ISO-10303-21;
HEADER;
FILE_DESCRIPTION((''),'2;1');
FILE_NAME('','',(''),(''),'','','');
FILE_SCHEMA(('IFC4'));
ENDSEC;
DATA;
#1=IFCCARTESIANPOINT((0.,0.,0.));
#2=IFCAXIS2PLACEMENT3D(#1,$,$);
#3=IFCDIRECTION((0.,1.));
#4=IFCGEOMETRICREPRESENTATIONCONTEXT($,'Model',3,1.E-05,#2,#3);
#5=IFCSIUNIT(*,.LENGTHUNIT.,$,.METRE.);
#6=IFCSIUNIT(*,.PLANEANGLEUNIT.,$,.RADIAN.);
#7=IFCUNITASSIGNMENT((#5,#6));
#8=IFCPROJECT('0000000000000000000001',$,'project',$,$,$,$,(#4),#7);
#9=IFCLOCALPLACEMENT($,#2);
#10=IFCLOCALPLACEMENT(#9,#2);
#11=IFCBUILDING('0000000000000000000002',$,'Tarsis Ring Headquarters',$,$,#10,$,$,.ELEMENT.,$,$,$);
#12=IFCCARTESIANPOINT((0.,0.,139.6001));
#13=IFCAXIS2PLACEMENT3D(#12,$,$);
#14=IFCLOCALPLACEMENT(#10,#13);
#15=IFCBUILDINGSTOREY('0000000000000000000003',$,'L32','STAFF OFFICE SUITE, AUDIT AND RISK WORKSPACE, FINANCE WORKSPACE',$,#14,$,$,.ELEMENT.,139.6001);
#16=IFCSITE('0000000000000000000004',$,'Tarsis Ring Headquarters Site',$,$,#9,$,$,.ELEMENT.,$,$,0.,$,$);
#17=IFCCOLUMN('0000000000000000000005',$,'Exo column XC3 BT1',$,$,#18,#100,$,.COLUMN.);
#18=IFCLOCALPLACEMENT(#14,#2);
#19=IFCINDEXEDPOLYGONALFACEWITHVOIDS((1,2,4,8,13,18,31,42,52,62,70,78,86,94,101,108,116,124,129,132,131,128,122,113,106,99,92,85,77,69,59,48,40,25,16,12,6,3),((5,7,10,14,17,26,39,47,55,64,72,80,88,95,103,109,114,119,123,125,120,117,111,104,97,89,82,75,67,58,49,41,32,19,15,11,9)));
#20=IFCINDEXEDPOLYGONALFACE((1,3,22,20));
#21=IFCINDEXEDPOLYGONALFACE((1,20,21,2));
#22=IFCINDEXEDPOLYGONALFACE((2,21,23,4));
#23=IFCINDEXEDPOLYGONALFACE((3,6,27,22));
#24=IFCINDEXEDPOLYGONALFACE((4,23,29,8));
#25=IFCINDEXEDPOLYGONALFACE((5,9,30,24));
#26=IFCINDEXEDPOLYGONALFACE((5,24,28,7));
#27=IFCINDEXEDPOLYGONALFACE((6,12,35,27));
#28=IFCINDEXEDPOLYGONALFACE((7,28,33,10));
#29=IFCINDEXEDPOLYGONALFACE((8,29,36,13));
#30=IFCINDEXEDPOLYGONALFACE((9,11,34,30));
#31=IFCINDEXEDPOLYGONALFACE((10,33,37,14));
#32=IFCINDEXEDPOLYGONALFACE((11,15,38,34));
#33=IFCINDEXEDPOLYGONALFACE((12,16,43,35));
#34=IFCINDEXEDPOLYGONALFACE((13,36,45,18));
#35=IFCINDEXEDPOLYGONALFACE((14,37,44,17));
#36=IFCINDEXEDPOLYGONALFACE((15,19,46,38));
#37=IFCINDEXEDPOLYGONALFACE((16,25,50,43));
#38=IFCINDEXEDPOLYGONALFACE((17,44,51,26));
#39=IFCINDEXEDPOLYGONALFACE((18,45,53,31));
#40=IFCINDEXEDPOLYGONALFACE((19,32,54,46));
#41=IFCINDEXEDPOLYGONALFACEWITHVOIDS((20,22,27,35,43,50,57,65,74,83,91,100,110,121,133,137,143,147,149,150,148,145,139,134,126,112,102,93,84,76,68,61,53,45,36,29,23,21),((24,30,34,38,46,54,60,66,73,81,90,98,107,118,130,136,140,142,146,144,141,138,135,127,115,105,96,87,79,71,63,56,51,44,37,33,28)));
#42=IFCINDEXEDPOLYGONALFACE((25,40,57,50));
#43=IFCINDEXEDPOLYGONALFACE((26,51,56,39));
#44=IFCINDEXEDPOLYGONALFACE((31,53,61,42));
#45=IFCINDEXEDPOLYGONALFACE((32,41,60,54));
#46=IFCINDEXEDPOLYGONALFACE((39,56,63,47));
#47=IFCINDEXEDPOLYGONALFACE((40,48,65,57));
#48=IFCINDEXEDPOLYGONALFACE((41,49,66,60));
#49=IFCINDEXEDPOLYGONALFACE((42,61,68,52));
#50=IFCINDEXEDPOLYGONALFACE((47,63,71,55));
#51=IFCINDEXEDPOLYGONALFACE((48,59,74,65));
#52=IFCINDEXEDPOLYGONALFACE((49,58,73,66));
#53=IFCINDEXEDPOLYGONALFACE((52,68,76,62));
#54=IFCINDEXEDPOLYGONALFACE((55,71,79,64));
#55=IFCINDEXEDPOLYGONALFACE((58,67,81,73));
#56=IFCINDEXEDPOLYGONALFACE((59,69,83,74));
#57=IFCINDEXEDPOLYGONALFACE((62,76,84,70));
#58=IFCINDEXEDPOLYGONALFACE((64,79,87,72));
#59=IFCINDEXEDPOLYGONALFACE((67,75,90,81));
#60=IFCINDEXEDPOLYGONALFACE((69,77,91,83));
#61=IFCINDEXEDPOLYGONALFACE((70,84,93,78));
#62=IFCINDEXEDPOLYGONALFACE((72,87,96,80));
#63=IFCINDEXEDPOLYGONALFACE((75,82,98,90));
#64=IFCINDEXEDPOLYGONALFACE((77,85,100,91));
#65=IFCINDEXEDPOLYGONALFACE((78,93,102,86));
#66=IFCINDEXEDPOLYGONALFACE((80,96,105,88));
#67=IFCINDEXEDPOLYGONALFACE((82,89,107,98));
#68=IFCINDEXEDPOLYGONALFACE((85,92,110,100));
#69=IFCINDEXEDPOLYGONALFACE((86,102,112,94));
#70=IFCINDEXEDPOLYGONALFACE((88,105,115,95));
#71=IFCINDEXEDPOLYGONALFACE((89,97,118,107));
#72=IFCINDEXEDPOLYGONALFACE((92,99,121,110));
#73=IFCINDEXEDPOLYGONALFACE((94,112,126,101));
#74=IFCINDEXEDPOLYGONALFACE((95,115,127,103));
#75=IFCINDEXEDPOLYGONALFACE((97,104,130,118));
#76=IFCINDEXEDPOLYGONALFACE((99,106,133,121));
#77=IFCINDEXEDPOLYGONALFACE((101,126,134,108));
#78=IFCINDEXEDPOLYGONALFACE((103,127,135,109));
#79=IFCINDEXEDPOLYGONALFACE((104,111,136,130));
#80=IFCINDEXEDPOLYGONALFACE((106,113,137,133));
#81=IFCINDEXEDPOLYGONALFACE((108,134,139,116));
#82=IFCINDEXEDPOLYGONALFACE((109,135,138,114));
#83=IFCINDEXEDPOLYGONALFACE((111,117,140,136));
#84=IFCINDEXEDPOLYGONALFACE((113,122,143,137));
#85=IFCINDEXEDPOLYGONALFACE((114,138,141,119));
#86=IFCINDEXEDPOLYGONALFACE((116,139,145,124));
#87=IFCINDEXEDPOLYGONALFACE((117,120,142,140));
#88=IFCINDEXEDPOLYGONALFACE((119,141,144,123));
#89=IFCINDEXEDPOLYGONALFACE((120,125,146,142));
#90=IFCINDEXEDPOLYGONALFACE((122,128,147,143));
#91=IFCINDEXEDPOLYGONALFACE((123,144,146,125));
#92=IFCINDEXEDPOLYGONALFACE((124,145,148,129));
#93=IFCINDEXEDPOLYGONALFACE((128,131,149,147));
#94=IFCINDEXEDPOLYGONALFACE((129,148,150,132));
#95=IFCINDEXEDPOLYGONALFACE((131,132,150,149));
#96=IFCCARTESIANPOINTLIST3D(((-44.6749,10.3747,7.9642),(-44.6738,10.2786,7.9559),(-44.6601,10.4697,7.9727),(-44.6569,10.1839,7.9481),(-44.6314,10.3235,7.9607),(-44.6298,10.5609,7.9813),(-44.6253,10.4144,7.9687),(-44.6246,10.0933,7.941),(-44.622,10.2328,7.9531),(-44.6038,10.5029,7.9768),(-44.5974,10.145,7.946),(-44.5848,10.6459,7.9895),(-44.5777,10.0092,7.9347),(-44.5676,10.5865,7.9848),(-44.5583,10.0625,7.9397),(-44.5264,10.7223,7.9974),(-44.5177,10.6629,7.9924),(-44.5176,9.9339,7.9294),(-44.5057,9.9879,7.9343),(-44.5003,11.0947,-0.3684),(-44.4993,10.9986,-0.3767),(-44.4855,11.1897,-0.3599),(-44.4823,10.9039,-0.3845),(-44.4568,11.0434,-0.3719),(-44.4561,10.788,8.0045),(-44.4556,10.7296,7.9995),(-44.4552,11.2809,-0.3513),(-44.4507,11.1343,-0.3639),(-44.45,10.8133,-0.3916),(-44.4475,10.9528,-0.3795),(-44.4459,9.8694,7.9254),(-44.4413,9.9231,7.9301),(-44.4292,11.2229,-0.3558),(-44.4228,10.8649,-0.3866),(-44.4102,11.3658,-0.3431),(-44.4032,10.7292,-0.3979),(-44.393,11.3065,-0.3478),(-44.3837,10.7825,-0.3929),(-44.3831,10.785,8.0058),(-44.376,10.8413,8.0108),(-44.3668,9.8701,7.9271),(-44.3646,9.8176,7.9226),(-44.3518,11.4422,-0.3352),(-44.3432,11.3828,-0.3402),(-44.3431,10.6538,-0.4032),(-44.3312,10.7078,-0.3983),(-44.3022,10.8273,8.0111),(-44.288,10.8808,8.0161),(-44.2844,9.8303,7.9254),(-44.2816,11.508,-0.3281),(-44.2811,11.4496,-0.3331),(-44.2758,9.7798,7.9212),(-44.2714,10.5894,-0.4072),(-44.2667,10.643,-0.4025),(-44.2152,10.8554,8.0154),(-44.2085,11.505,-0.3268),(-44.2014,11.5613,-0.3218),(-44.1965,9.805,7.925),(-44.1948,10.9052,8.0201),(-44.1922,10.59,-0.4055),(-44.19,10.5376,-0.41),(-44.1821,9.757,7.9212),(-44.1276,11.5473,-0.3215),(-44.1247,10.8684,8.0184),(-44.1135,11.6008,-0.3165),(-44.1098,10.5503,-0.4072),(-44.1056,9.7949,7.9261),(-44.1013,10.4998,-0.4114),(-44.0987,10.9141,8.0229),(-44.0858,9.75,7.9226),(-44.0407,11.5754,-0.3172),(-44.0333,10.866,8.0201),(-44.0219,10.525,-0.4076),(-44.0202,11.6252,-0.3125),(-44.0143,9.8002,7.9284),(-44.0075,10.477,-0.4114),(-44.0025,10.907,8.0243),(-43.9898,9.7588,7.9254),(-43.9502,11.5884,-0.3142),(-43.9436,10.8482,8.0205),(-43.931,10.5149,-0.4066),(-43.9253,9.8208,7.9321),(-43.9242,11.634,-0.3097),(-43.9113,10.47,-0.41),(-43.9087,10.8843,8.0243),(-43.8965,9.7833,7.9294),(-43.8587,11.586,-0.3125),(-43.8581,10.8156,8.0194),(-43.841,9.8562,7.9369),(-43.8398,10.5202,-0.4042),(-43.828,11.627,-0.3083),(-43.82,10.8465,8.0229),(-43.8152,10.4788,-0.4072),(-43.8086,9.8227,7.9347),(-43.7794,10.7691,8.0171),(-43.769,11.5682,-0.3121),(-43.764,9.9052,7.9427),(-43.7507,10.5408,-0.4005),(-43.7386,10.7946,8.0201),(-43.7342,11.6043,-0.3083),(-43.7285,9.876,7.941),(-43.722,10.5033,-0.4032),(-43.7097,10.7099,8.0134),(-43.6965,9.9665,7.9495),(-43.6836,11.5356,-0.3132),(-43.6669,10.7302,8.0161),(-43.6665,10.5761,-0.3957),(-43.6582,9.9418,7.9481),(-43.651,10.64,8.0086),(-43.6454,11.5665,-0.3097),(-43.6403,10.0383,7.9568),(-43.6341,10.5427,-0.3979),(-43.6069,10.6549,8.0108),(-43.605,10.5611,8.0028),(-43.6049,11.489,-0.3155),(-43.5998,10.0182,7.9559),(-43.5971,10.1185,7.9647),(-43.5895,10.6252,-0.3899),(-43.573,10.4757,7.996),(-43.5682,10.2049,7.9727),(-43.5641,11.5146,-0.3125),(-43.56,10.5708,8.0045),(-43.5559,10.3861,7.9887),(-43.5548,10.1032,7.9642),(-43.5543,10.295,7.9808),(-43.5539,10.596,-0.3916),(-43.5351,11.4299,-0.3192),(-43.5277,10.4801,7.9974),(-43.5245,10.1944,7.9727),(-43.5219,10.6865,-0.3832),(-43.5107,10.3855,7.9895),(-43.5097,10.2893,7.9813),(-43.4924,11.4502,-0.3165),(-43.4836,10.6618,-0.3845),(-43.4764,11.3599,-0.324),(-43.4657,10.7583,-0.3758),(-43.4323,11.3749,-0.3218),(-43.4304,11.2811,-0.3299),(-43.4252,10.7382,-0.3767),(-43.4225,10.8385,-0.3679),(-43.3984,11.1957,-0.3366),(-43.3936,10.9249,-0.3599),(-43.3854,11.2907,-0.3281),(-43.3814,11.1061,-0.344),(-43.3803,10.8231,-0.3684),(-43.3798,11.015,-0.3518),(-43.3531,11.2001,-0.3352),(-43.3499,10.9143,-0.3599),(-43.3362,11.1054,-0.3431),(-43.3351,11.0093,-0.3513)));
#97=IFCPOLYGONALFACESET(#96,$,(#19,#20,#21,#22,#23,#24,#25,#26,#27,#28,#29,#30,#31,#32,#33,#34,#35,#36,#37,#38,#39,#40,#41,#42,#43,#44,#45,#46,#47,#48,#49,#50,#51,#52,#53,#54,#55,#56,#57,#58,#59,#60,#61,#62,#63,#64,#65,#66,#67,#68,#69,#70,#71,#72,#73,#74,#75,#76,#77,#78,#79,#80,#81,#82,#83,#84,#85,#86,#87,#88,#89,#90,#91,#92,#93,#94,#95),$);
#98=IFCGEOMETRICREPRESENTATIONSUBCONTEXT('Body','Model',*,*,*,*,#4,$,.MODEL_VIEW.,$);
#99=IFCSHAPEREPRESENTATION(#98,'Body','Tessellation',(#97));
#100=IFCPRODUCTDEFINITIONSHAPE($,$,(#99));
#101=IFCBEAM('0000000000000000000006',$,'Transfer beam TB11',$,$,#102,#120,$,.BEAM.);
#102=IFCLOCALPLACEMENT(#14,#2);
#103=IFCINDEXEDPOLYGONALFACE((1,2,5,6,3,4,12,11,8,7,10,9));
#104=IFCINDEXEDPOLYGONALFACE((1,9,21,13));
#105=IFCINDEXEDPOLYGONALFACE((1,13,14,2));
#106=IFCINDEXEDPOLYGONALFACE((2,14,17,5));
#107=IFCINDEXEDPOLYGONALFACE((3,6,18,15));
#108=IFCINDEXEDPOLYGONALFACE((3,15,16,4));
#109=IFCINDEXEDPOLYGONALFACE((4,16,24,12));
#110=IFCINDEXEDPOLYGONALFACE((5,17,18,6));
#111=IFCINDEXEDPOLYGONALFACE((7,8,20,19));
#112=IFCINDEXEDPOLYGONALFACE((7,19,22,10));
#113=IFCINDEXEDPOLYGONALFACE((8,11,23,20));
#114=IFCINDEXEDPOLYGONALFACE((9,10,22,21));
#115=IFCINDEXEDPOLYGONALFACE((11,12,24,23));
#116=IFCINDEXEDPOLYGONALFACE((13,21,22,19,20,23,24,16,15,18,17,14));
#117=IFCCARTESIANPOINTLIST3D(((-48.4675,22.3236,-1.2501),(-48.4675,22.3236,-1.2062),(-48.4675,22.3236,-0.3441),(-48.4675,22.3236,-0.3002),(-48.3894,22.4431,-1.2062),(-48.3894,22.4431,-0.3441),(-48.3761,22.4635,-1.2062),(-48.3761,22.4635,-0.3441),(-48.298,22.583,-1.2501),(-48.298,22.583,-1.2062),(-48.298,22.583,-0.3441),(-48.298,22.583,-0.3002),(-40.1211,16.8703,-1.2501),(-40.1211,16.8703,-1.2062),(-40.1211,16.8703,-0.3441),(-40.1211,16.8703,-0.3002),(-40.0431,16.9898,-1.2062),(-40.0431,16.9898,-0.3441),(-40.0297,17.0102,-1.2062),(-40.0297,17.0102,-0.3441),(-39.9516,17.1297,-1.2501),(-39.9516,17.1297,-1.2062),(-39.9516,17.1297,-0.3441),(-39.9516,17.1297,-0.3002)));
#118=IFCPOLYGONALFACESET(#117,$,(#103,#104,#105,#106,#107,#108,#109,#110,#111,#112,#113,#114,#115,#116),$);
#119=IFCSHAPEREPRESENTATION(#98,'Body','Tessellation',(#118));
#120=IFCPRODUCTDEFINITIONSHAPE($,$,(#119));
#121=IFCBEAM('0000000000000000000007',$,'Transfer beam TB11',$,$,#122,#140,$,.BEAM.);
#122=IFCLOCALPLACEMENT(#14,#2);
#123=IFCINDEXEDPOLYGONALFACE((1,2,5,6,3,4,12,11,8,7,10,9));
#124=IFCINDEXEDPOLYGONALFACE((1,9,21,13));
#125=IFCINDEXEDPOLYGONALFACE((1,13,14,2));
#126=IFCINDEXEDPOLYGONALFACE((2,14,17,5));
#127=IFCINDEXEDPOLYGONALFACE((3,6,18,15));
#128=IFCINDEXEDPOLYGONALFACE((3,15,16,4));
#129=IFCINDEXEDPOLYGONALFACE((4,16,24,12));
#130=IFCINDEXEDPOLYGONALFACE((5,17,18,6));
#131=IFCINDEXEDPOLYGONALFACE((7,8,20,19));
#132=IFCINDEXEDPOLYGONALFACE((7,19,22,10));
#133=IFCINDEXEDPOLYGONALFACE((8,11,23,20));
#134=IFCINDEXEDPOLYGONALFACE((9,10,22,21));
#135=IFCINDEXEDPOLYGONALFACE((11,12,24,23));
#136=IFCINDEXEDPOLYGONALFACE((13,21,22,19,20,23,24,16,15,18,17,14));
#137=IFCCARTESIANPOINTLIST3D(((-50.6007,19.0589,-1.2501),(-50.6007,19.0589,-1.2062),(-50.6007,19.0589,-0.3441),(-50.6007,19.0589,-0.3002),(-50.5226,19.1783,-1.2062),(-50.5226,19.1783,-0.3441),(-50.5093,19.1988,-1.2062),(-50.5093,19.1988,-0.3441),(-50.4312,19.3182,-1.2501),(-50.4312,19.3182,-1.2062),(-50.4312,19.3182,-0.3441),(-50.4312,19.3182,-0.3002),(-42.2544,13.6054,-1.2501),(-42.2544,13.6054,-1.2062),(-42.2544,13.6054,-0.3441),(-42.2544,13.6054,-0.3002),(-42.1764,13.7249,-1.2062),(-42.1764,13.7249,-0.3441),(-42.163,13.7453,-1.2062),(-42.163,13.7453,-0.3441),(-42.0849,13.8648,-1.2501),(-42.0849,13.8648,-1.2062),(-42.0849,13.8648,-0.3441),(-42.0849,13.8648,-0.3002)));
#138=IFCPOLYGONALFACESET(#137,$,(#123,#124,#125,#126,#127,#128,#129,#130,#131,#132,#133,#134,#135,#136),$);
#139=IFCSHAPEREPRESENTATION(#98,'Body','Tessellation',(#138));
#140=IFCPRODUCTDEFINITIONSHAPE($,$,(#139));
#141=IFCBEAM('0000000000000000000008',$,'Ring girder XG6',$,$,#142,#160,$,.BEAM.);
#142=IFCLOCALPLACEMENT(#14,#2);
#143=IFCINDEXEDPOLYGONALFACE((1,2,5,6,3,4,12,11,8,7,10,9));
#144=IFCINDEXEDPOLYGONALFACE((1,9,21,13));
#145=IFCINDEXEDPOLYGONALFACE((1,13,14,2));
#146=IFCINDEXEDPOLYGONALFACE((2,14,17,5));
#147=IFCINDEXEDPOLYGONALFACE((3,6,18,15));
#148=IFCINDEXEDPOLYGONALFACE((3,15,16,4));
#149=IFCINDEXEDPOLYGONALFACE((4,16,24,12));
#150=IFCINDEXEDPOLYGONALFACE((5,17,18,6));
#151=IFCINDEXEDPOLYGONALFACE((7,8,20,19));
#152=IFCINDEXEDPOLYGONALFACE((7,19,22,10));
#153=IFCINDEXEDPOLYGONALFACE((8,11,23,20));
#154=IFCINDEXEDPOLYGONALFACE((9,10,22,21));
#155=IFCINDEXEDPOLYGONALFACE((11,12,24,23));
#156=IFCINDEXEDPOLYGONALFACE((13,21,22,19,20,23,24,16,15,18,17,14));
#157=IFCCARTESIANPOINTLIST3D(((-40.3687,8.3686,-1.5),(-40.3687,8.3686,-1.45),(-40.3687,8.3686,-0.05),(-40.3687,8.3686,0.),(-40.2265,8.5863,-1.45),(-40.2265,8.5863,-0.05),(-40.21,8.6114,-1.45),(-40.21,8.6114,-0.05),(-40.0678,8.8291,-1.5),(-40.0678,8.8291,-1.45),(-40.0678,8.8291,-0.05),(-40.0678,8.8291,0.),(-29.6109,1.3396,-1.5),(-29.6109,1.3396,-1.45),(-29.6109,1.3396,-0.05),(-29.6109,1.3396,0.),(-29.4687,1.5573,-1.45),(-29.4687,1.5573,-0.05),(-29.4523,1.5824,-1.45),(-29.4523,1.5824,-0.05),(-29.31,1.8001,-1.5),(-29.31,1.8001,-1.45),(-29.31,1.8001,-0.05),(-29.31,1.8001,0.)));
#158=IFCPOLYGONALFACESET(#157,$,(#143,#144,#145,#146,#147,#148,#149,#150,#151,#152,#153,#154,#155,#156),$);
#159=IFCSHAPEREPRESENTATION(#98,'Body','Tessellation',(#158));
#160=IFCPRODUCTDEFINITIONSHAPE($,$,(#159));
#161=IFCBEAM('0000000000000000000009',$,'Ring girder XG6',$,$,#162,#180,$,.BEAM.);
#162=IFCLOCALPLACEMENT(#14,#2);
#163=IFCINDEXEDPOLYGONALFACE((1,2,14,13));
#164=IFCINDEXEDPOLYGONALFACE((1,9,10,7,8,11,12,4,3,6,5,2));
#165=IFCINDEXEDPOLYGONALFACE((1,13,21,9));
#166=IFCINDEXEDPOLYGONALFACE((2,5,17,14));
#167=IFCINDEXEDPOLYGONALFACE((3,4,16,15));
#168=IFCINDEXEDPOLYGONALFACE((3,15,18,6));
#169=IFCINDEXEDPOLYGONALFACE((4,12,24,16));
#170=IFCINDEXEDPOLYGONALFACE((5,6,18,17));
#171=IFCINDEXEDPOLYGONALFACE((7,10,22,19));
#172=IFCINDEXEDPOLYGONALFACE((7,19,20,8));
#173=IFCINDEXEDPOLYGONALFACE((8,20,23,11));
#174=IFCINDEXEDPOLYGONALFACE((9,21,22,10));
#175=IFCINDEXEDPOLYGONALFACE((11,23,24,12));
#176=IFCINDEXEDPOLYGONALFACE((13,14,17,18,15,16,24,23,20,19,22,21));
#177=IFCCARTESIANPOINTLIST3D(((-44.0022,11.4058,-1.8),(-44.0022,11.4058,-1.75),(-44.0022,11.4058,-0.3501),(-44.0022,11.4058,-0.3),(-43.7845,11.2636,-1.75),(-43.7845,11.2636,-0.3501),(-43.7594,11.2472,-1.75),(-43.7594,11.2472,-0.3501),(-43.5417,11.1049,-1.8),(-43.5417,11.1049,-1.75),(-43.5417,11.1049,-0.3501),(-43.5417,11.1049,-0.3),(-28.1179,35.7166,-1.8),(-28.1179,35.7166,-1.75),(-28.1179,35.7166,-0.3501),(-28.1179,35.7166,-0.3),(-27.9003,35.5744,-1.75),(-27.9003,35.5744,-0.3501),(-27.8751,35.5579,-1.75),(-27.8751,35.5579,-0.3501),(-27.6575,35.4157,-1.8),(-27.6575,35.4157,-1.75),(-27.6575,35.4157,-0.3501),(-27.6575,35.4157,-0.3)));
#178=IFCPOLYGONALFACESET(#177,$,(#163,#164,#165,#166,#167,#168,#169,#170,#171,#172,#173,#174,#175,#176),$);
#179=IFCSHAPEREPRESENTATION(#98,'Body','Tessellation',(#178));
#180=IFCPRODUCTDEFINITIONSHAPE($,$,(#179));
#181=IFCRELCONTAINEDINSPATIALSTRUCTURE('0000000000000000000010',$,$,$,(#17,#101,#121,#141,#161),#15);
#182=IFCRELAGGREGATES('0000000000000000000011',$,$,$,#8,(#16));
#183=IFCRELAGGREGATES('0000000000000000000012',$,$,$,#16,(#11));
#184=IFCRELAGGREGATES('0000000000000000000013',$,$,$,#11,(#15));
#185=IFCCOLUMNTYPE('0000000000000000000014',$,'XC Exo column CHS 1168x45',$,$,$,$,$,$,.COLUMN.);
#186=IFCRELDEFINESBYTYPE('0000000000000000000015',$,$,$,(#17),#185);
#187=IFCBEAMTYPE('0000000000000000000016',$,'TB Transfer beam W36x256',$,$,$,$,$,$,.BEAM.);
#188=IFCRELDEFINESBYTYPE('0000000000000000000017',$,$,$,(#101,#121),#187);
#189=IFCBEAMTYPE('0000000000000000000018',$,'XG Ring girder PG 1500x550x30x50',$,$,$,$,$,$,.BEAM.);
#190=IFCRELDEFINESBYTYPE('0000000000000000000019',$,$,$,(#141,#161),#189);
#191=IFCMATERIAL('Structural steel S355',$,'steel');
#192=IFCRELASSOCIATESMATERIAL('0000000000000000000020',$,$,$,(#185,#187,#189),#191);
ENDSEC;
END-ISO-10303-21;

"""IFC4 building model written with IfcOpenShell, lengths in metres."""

from ifc_helpers import new_model, si_unit, direction, frame, origin, origin_2d, place, context, subcontext, project, spatial, hollow_circle, i_section, extrude, material, material_profile, profile_set, type_object, element, save


model = new_model("IFC4")

# Units and contexts
model_context = context("Model", 3, precision=1e-05, world=origin(), true_north=direction((0.0, 1.0)))
body_context = subcontext(model_context, "Body", "Model", "MODEL_VIEW")
ifc_project = project(units=[si_unit("LENGTHUNIT", "METRE"), si_unit("PLANEANGLEUNIT", "RADIAN")], contexts=[model_context])

# Site, building, storey
site_placement = place(None, origin())
site = spatial("IfcSite", under=ifc_project, at=site_placement, Name="Tarsis Ring Headquarters Site", CompositionType="ELEMENT", RefElevation=0.0)
building_placement = place(site_placement, origin())
building = spatial("IfcBuilding", under=site, at=building_placement, Name="Tarsis Ring Headquarters", CompositionType="ELEMENT")
storey_placement = place(building_placement, frame((0.0, 0.0, 139.6001)))
storey = spatial("IfcBuildingStorey", under=building, at=storey_placement, Name="L32", Description="STAFF OFFICE SUITE, AUDIT AND RISK WORKSPACE, FINANCE WORKSPACE", CompositionType="ELEMENT", Elevation=139.6001)

# Column
ifc_material_1 = material(Name="Structural steel S355", Category="steel")
ifc_material_profile_1 = material_profile(ifc_material_1, hollow_circle(Radius=0.5842, WallThickness=0.0449, at=origin_2d()), Name="CHS 1168x45")
ifc_profile_set_1 = profile_set([ifc_material_profile_1], Name="Structural steel S355")
column_type = type_object("IfcColumnType", Name="XC Exo column CHS 1168x45", PredefinedType="COLUMN", material=ifc_profile_set_1)
column_placement = place(storey_placement, frame((-43.9177, 11.052, -0.3599), z_axis=(-0.020867, -0.086065, 0.996071), x_axis=(0.971843, -0.235628, 0.0)))
element("IfcColumn", 1, at=column_placement, inside=storey, type_object=column_type, Name="Exo column XC3 BT1", PredefinedType="COLUMN", context=body_context, shape_type="SweptSolid", body=[
    extrude(hollow_circle(Radius=0.5842, WallThickness=0.0449, at=origin_2d()), origin(), (0.0, 0.0, 1.0), 8.3655),
])

# Beams
ifc_material_profile_2 = material_profile(ifc_material_1, i_section(OverallWidth=0.3098, OverallDepth=0.95, WebThickness=0.0244, FlangeThickness=0.0439, at=origin_2d()), Name="W36x256")
ifc_profile_set_2 = profile_set([ifc_material_profile_2], Name="Structural steel S355")
beam_type_1 = type_object("IfcBeamType", Name="TB Transfer beam W36x256", PredefinedType="BEAM", material=ifc_profile_set_2)
for number, where, z_axis, x_axis, name in (
    (2, (-40.0364, 17.0, -0.7751), (-0.837149, 0.546974, 0.0), (-0.546974, -0.837149, 0.0), "Transfer beam TB11"),
    (3, (-42.1697, 13.7351, -0.7751), (-0.837142, 0.546985, 0.0), (-0.546985, -0.837142, 0.0), "Transfer beam TB11"),
):
    element("IfcBeam", number, at=place(storey_placement, frame(where, z_axis=z_axis, x_axis=x_axis)), inside=storey, type_object=beam_type_1, Name=name, PredefinedType="BEAM", context=body_context, shape_type="SweptSolid", body=[
        extrude(i_section(OverallWidth=0.3098, OverallDepth=0.95, WebThickness=0.0244, FlangeThickness=0.0439, at=origin_2d()), origin(), (0.0, 0.0, 1.0), 9.97),
    ])
ifc_material_profile_3 = material_profile(ifc_material_1, i_section(OverallWidth=0.55, OverallDepth=1.5, WebThickness=0.03, FlangeThickness=0.05, at=origin_2d()), Name="PG 1500x550x30x50")
ifc_profile_set_3 = profile_set([ifc_material_profile_3], Name="Structural steel S355")
beam_type_2 = type_object("IfcBeamType", Name="XG Ring girder PG 1500x550x30x50", PredefinedType="BEAM", material=ifc_profile_set_3)
beam_1_placement = place(storey_placement, frame((-40.2183, 8.5989, -0.75), z_axis=(0.837144, -0.546982, 0.0), x_axis=(0.546982, 0.837144, 0.0)))
element("IfcBeam", 4, at=beam_1_placement, inside=storey, type_object=beam_type_2, Name="Ring girder XG6", PredefinedType="BEAM", context=body_context, shape_type="SweptSolid", body=[
    extrude(i_section(OverallWidth=0.55, OverallDepth=1.5, WebThickness=0.03, FlangeThickness=0.05, at=origin_2d()), origin(), (0.0, 0.0, 1.0), 12.8506),
])
beam_2_placement = place(storey_placement, frame((-43.772, 11.2554, -1.05), z_axis=(0.546978, 0.837147, 0.0), x_axis=(-0.837147, 0.546978, 0.0)))
element("IfcBeam", 5, at=beam_2_placement, inside=storey, type_object=beam_type_2, Name="Ring girder XG6", PredefinedType="BEAM", context=body_context, shape_type="SweptSolid", body=[
    extrude(i_section(OverallWidth=0.55, OverallDepth=1.5, WebThickness=0.03, FlangeThickness=0.05, at=origin_2d()), origin(), (0.0, 0.0, 1.0), 29.04),
])

save(model, "model.ifc")
